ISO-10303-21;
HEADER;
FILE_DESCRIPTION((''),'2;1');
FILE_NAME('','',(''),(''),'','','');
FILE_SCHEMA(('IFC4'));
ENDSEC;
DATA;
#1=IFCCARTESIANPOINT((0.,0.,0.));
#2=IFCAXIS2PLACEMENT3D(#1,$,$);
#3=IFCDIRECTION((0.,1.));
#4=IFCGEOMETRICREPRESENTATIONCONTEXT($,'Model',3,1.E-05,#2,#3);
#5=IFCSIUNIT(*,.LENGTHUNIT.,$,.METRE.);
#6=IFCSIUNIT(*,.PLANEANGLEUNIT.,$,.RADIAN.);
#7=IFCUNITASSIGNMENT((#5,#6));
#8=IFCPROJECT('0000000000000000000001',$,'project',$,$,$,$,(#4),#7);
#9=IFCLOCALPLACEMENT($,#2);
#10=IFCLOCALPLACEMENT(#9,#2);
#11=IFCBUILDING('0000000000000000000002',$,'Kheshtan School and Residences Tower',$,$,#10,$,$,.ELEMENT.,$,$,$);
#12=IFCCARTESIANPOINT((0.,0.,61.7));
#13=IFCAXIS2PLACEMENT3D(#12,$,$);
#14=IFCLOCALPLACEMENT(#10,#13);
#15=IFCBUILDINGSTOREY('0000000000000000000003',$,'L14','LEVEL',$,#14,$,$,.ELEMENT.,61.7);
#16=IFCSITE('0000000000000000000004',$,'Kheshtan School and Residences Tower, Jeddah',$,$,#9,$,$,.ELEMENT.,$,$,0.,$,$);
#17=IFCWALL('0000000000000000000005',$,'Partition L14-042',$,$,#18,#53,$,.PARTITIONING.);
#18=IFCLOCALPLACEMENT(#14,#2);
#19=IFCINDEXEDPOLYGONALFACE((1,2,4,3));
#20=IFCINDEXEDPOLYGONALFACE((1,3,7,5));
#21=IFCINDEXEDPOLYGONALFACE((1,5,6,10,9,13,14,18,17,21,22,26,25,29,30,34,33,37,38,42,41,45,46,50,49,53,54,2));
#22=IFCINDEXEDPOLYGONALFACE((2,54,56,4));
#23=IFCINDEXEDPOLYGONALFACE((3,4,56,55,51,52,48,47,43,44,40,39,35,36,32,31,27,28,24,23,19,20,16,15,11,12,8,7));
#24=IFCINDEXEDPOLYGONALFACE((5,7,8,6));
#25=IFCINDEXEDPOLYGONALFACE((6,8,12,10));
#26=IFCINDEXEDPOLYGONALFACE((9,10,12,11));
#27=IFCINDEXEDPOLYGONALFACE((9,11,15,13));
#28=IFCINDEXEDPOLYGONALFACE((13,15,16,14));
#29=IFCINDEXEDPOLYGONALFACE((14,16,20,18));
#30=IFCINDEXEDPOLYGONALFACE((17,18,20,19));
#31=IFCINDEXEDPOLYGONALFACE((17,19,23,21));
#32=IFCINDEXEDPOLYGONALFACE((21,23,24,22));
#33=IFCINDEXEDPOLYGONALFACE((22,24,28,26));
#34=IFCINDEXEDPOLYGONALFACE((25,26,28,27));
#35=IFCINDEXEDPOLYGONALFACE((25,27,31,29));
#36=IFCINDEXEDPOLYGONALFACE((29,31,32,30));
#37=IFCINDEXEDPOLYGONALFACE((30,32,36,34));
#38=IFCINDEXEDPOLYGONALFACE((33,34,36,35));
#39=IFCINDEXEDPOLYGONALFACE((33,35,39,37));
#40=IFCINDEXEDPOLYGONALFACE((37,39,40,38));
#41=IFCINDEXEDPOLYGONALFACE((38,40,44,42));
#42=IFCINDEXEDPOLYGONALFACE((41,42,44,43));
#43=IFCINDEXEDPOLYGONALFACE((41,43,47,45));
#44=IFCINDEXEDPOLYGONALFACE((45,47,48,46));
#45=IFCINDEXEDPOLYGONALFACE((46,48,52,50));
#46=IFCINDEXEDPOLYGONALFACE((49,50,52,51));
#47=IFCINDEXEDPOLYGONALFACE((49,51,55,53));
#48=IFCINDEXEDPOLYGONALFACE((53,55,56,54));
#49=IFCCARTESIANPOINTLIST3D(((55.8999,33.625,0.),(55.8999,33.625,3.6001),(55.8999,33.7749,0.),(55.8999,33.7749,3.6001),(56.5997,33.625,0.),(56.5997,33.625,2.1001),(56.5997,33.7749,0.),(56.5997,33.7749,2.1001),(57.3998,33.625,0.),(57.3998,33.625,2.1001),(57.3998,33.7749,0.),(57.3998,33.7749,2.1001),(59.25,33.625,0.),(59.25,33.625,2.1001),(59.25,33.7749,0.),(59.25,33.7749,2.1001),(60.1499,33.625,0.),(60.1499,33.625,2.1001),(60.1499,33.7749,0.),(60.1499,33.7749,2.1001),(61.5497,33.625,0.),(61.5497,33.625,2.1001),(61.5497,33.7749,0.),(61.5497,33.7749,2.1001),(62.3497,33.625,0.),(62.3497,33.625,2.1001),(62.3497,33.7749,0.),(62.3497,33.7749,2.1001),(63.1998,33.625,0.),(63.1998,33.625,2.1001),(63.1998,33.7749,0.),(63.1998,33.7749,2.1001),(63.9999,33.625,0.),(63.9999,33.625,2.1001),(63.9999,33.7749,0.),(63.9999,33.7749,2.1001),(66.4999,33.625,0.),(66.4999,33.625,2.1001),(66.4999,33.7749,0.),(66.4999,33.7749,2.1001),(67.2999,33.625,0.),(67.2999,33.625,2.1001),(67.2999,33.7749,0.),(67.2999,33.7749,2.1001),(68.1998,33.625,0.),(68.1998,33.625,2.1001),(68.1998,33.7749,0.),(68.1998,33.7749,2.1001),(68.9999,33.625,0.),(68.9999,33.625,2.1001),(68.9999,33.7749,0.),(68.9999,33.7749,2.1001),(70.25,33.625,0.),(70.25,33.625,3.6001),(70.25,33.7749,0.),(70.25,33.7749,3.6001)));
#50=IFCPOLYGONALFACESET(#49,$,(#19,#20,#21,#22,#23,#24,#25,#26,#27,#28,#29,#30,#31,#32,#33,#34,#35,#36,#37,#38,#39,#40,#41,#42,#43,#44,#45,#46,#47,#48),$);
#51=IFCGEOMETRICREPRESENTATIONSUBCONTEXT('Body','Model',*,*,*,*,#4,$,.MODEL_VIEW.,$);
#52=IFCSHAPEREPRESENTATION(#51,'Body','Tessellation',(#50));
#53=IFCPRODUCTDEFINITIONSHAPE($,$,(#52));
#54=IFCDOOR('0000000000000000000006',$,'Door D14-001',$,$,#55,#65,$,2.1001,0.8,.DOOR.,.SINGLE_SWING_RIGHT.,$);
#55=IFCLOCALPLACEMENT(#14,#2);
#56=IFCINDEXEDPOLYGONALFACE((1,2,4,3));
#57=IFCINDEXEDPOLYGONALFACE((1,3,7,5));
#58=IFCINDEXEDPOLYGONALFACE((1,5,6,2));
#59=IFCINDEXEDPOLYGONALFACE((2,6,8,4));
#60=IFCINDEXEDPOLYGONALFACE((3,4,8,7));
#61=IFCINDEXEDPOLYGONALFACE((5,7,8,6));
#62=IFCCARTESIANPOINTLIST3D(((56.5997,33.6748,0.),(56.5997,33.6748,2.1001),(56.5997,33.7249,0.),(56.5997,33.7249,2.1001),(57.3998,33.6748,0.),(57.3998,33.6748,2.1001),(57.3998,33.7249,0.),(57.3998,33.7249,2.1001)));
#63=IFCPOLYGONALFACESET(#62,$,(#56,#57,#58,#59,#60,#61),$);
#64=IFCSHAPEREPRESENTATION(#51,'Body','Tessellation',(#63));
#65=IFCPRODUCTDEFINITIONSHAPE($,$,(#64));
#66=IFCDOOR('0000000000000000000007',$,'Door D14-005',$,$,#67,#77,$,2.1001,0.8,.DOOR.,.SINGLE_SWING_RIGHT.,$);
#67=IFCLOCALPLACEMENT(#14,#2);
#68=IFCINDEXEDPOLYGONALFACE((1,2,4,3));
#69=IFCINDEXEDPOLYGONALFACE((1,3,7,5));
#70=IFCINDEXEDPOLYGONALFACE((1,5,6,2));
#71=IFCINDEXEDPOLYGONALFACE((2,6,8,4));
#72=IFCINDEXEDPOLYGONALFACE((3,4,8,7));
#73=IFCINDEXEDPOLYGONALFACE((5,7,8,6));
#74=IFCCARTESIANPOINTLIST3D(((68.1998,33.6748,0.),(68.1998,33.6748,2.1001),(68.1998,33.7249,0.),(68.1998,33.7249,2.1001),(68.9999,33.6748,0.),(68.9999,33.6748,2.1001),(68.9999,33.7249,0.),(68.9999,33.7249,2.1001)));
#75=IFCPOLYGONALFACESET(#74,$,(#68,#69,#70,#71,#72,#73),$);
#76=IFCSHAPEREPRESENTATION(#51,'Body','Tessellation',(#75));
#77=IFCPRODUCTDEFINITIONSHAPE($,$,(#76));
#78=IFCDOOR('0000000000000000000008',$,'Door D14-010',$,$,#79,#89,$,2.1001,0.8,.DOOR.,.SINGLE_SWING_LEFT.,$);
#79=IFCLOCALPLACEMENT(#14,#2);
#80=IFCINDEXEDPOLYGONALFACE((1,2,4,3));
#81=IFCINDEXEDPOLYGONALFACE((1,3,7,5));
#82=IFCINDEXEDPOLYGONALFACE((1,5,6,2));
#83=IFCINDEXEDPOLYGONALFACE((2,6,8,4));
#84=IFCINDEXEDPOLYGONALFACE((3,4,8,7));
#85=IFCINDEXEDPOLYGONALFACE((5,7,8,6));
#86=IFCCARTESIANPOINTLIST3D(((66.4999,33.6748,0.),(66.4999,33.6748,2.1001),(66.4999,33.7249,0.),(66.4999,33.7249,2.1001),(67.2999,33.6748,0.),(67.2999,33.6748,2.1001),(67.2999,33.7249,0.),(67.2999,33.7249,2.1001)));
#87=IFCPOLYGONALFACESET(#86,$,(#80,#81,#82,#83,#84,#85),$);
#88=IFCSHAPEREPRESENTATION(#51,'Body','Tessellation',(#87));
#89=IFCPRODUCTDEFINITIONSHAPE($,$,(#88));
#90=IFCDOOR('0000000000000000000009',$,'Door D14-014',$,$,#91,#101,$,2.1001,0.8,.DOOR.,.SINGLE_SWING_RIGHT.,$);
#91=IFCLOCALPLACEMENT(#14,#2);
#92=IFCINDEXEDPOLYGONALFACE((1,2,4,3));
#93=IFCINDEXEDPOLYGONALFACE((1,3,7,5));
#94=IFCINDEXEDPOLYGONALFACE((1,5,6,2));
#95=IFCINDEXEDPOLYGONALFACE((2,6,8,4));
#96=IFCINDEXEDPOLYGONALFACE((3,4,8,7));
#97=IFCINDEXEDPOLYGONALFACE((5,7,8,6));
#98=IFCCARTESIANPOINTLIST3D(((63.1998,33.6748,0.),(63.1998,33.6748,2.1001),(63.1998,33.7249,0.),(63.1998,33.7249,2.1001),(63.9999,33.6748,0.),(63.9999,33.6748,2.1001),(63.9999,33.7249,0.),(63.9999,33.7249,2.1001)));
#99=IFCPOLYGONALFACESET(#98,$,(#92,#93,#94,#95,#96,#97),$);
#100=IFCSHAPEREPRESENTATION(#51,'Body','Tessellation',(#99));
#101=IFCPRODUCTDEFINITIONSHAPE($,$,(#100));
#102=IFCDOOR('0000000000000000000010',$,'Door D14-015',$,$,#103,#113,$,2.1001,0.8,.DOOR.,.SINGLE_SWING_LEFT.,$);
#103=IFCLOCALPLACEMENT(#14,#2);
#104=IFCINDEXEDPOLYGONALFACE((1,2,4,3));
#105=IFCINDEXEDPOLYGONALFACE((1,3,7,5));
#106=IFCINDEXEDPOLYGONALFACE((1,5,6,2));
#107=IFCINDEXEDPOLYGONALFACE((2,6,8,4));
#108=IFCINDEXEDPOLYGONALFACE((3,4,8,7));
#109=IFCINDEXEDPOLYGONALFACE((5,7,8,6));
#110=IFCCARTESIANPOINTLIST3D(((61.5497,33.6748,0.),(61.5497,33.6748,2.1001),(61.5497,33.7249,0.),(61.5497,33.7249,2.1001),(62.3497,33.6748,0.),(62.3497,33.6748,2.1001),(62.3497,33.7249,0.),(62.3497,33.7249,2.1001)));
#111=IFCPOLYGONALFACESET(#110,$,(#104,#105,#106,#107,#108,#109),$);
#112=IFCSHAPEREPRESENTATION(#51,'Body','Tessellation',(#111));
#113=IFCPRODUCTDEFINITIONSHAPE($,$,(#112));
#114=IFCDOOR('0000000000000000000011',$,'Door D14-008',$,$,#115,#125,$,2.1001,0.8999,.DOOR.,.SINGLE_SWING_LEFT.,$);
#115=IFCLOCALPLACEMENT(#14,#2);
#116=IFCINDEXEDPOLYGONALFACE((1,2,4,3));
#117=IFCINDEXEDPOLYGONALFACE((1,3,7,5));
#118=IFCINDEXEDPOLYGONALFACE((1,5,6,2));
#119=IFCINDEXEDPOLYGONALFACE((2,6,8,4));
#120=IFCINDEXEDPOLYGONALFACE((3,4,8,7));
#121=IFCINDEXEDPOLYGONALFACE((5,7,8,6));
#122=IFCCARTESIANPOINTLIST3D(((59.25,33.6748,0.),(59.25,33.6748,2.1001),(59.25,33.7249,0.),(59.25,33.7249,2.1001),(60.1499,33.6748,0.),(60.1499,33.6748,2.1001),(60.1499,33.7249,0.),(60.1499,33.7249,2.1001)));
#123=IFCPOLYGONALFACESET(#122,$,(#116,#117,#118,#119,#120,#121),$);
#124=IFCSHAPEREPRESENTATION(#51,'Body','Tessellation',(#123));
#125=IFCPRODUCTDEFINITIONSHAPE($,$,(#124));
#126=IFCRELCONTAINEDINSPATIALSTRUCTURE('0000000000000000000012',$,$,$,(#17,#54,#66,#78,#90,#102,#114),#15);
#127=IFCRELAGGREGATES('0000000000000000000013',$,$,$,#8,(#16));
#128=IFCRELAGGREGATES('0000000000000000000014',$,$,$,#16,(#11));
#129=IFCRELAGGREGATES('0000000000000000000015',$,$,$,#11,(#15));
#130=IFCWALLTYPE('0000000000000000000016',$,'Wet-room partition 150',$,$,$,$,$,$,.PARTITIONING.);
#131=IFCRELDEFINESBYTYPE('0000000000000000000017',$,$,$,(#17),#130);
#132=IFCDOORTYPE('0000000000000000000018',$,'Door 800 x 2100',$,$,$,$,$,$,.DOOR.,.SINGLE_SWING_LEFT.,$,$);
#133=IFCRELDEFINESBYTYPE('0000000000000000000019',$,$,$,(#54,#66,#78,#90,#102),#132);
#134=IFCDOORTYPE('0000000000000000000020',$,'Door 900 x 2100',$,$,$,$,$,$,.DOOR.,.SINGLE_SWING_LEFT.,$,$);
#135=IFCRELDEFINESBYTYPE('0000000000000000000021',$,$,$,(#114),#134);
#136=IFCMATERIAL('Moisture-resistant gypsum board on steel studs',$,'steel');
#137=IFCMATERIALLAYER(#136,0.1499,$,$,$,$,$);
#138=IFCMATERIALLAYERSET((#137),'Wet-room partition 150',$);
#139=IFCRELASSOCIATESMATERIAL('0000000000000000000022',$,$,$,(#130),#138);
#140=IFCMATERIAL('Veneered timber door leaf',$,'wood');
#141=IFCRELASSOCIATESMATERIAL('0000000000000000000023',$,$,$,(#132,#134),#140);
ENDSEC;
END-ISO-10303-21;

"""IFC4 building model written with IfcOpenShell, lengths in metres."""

from ifc_helpers import new_model, si_unit, direction, frame, frame_2d, origin, place, context, subcontext, project, spatial, rectangle, extrude, source, transform, mapped, material, layer, layer_set, type_object, element, fill, save


model = new_model("IFC4")

# Units and contexts
model_context = context("Model", 3, precision=1e-05, world=origin(), true_north=direction((0.0, 1.0)))
body_context = subcontext(model_context, "Body", "Model", "MODEL_VIEW")
ifc_project = project(units=[si_unit("LENGTHUNIT", "METRE"), si_unit("PLANEANGLEUNIT", "RADIAN")], contexts=[model_context])

# Site, building, storey
site_placement = place(None, origin())
site = spatial("IfcSite", under=ifc_project, at=site_placement, Name="Kheshtan School and Residences Tower, Jeddah", CompositionType="ELEMENT", RefElevation=0.0)
building_placement = place(site_placement, origin())
building = spatial("IfcBuilding", under=site, at=building_placement, Name="Kheshtan School and Residences Tower", CompositionType="ELEMENT")
storey_placement = place(building_placement, frame((0.0, 0.0, 61.7)))
storey = spatial("IfcBuildingStorey", under=building, at=storey_placement, Name="L14", Description="LEVEL", CompositionType="ELEMENT", Elevation=61.7)

# Wall, openings, doors
ifc_material_1 = material(Name="Moisture-resistant gypsum board on steel studs", Category="steel")
ifc_layer_1 = layer(ifc_material_1, 0.1499)
ifc_layer_set_1 = layer_set([ifc_layer_1], Name="Wet-room partition 150")
wall_type_1 = type_object("IfcWallType", Name="Wet-room partition 150", PredefinedType="PARTITIONING", material=ifc_layer_set_1)
wall_1_placement = place(storey_placement, frame((55.8999, 33.7, 0.0), z_axis=(0.0, 0.0, 1.0), x_axis=(1.0, 0.0, 0.0)))
wall_1 = element("IfcWall", 1, at=wall_1_placement, inside=storey, type_object=wall_type_1, Name="Partition L14-042", PredefinedType="PARTITIONING", context=body_context, shape_type="SweptSolid", body=[
    extrude(rectangle(XDim=14.3501, YDim=0.1499, at=frame_2d((7.175, 0.0))), origin(), (0.0, 0.0, 1.0), 3.6001),
])
opening_1_placement = place(wall_1_placement, frame((0.7, 0.0, 0.0)))
opening_1 = element("IfcOpeningElement", 2, at=opening_1_placement, cuts=wall_1, PredefinedType="OPENING", context=body_context, shape_type="SweptSolid", body=[
    extrude(rectangle(XDim=0.8, YDim=2.1001, at=frame_2d((0.3999, 1.05))), frame((0.0, 0.085, 0.0), z_axis=(0.0, -1.0, 0.0), x_axis=(1.0, 0.0, 0.0)), (0.0, 0.0, 1.0), 0.1699),
])
opening_2_placement = place(wall_1_placement, frame((12.3, 0.0, 0.0)))
opening_2 = element("IfcOpeningElement", 3, at=opening_2_placement, cuts=wall_1, PredefinedType="OPENING", context=body_context, shape_type="SweptSolid", body=[
    extrude(rectangle(XDim=0.8, YDim=2.1001, at=frame_2d((0.3999, 1.05))), frame((0.0, 0.085, 0.0), z_axis=(0.0, -1.0, 0.0), x_axis=(1.0, 0.0, 0.0)), (0.0, 0.0, 1.0), 0.1699),
])
opening_3_placement = place(wall_1_placement, frame((3.3501, 0.0, 0.0)))
opening_3 = element("IfcOpeningElement", 4, at=opening_3_placement, cuts=wall_1, PredefinedType="OPENING", context=body_context, shape_type="SweptSolid", body=[
    extrude(rectangle(XDim=0.8999, YDim=2.1001, at=frame_2d((0.45, 1.05))), frame((0.0, 0.085, 0.0), z_axis=(0.0, -1.0, 0.0), x_axis=(1.0, 0.0, 0.0)), (0.0, 0.0, 1.0), 0.1699),
])
opening_4_placement = place(wall_1_placement, frame((10.6001, 0.0, 0.0)))
opening_4 = element("IfcOpeningElement", 5, at=opening_4_placement, cuts=wall_1, PredefinedType="OPENING", context=body_context, shape_type="SweptSolid", body=[
    extrude(rectangle(XDim=0.8, YDim=2.1001, at=frame_2d((0.3999, 1.05))), frame((0.0, 0.085, 0.0), z_axis=(0.0, -1.0, 0.0), x_axis=(1.0, 0.0, 0.0)), (0.0, 0.0, 1.0), 0.1699),
])
opening_5_placement = place(wall_1_placement, frame((7.3, 0.0, 0.0)))
opening_5 = element("IfcOpeningElement", 6, at=opening_5_placement, cuts=wall_1, PredefinedType="OPENING", context=body_context, shape_type="SweptSolid", body=[
    extrude(rectangle(XDim=0.8, YDim=2.1001, at=frame_2d((0.3999, 1.05))), frame((0.0, 0.085, 0.0), z_axis=(0.0, -1.0, 0.0), x_axis=(1.0, 0.0, 0.0)), (0.0, 0.0, 1.0), 0.1699),
])
opening_6_placement = place(wall_1_placement, frame((5.6499, 0.0, 0.0)))
opening_6 = element("IfcOpeningElement", 7, at=opening_6_placement, cuts=wall_1, PredefinedType="OPENING", context=body_context, shape_type="SweptSolid", body=[
    extrude(rectangle(XDim=0.8, YDim=2.1001, at=frame_2d((0.3999, 1.05))), frame((0.0, 0.085, 0.0), z_axis=(0.0, -1.0, 0.0), x_axis=(1.0, 0.0, 0.0)), (0.0, 0.0, 1.0), 0.1699),
])
ifc_material_2 = material(Name="Veneered timber door leaf", Category="wood")
door_type_1 = type_object("IfcDoorType", Name="Door 800 x 2100", OperationType="SINGLE_SWING_LEFT", PredefinedType="DOOR", material=ifc_material_2)
shared_shape_1 = source(origin(), body_context, "Body", "SweptSolid", [
    extrude(rectangle(XDim=0.8, YDim=2.1001, at=frame_2d((0.3999, 1.05))), frame((0.0, 0.0249, 0.0), z_axis=(0.0, -1.0, 0.0), x_axis=(1.0, 0.0, 0.0)), (0.0, 0.0, 1.0), 0.05),
])
door_1_placement = place(opening_1_placement, origin())
door_1 = element("IfcDoor", 8, at=door_1_placement, inside=storey, type_object=door_type_1, Name="Door D14-001", OperationType="SINGLE_SWING_RIGHT", OverallHeight=2.1001, OverallWidth=0.8, PredefinedType="DOOR", context=body_context, shape_type="MappedRepresentation", body=[
    mapped(shared_shape_1, transform((0.0, 0.0, 0.0), x_axis=(1.0, 0.0, 0.0), y_axis=(0.0, 1.0, 0.0), z_axis=(0.0, 0.0, 1.0), scale=1.0)),
])
fill(opening_1, door_1)
door_2_placement = place(opening_2_placement, origin())
door_2 = element("IfcDoor", 9, at=door_2_placement, inside=storey, type_object=door_type_1, Name="Door D14-005", OperationType="SINGLE_SWING_RIGHT", OverallHeight=2.1001, OverallWidth=0.8, PredefinedType="DOOR", context=body_context, shape_type="MappedRepresentation", body=[
    mapped(shared_shape_1, transform((0.0, 0.0, 0.0), x_axis=(1.0, 0.0, 0.0), y_axis=(0.0, 1.0, 0.0), z_axis=(0.0, 0.0, 1.0), scale=1.0)),
])
fill(opening_2, door_2)
door_3_placement = place(opening_4_placement, origin())
door_3 = element("IfcDoor", 10, at=door_3_placement, inside=storey, type_object=door_type_1, Name="Door D14-010", OperationType="SINGLE_SWING_LEFT", OverallHeight=2.1001, OverallWidth=0.8, PredefinedType="DOOR", context=body_context, shape_type="MappedRepresentation", body=[
    mapped(shared_shape_1, transform((0.0, 0.0, 0.0), x_axis=(1.0, 0.0, 0.0), y_axis=(0.0, 1.0, 0.0), z_axis=(0.0, 0.0, 1.0), scale=1.0)),
])
fill(opening_4, door_3)
door_4_placement = place(opening_5_placement, origin())
door_4 = element("IfcDoor", 11, at=door_4_placement, inside=storey, type_object=door_type_1, Name="Door D14-014", OperationType="SINGLE_SWING_RIGHT", OverallHeight=2.1001, OverallWidth=0.8, PredefinedType="DOOR", context=body_context, shape_type="MappedRepresentation", body=[
    mapped(shared_shape_1, transform((0.0, 0.0, 0.0), x_axis=(1.0, 0.0, 0.0), y_axis=(0.0, 1.0, 0.0), z_axis=(0.0, 0.0, 1.0), scale=1.0)),
])
fill(opening_5, door_4)
door_5_placement = place(opening_6_placement, origin())
door_5 = element("IfcDoor", 12, at=door_5_placement, inside=storey, type_object=door_type_1, Name="Door D14-015", OperationType="SINGLE_SWING_LEFT", OverallHeight=2.1001, OverallWidth=0.8, PredefinedType="DOOR", context=body_context, shape_type="MappedRepresentation", body=[
    mapped(shared_shape_1, transform((0.0, 0.0, 0.0), x_axis=(1.0, 0.0, 0.0), y_axis=(0.0, 1.0, 0.0), z_axis=(0.0, 0.0, 1.0), scale=1.0)),
])
fill(opening_6, door_5)
door_type_2 = type_object("IfcDoorType", Name="Door 900 x 2100", OperationType="SINGLE_SWING_LEFT", PredefinedType="DOOR", material=ifc_material_2)
shared_shape_2 = source(origin(), body_context, "Body", "SweptSolid", [
    extrude(rectangle(XDim=0.8999, YDim=2.1001, at=frame_2d((0.45, 1.05))), frame((0.0, 0.0249, 0.0), z_axis=(0.0, -1.0, 0.0), x_axis=(1.0, 0.0, 0.0)), (0.0, 0.0, 1.0), 0.05),
])
door_6_placement = place(opening_3_placement, origin())
door_6 = element("IfcDoor", 13, at=door_6_placement, inside=storey, type_object=door_type_2, Name="Door D14-008", OperationType="SINGLE_SWING_LEFT", OverallHeight=2.1001, OverallWidth=0.8999, PredefinedType="DOOR", context=body_context, shape_type="MappedRepresentation", body=[
    mapped(shared_shape_2, transform((0.0, 0.0, 0.0), x_axis=(1.0, 0.0, 0.0), y_axis=(0.0, 1.0, 0.0), z_axis=(0.0, 0.0, 1.0), scale=1.0)),
])
fill(opening_3, door_6)

save(model, "model.ifc")
